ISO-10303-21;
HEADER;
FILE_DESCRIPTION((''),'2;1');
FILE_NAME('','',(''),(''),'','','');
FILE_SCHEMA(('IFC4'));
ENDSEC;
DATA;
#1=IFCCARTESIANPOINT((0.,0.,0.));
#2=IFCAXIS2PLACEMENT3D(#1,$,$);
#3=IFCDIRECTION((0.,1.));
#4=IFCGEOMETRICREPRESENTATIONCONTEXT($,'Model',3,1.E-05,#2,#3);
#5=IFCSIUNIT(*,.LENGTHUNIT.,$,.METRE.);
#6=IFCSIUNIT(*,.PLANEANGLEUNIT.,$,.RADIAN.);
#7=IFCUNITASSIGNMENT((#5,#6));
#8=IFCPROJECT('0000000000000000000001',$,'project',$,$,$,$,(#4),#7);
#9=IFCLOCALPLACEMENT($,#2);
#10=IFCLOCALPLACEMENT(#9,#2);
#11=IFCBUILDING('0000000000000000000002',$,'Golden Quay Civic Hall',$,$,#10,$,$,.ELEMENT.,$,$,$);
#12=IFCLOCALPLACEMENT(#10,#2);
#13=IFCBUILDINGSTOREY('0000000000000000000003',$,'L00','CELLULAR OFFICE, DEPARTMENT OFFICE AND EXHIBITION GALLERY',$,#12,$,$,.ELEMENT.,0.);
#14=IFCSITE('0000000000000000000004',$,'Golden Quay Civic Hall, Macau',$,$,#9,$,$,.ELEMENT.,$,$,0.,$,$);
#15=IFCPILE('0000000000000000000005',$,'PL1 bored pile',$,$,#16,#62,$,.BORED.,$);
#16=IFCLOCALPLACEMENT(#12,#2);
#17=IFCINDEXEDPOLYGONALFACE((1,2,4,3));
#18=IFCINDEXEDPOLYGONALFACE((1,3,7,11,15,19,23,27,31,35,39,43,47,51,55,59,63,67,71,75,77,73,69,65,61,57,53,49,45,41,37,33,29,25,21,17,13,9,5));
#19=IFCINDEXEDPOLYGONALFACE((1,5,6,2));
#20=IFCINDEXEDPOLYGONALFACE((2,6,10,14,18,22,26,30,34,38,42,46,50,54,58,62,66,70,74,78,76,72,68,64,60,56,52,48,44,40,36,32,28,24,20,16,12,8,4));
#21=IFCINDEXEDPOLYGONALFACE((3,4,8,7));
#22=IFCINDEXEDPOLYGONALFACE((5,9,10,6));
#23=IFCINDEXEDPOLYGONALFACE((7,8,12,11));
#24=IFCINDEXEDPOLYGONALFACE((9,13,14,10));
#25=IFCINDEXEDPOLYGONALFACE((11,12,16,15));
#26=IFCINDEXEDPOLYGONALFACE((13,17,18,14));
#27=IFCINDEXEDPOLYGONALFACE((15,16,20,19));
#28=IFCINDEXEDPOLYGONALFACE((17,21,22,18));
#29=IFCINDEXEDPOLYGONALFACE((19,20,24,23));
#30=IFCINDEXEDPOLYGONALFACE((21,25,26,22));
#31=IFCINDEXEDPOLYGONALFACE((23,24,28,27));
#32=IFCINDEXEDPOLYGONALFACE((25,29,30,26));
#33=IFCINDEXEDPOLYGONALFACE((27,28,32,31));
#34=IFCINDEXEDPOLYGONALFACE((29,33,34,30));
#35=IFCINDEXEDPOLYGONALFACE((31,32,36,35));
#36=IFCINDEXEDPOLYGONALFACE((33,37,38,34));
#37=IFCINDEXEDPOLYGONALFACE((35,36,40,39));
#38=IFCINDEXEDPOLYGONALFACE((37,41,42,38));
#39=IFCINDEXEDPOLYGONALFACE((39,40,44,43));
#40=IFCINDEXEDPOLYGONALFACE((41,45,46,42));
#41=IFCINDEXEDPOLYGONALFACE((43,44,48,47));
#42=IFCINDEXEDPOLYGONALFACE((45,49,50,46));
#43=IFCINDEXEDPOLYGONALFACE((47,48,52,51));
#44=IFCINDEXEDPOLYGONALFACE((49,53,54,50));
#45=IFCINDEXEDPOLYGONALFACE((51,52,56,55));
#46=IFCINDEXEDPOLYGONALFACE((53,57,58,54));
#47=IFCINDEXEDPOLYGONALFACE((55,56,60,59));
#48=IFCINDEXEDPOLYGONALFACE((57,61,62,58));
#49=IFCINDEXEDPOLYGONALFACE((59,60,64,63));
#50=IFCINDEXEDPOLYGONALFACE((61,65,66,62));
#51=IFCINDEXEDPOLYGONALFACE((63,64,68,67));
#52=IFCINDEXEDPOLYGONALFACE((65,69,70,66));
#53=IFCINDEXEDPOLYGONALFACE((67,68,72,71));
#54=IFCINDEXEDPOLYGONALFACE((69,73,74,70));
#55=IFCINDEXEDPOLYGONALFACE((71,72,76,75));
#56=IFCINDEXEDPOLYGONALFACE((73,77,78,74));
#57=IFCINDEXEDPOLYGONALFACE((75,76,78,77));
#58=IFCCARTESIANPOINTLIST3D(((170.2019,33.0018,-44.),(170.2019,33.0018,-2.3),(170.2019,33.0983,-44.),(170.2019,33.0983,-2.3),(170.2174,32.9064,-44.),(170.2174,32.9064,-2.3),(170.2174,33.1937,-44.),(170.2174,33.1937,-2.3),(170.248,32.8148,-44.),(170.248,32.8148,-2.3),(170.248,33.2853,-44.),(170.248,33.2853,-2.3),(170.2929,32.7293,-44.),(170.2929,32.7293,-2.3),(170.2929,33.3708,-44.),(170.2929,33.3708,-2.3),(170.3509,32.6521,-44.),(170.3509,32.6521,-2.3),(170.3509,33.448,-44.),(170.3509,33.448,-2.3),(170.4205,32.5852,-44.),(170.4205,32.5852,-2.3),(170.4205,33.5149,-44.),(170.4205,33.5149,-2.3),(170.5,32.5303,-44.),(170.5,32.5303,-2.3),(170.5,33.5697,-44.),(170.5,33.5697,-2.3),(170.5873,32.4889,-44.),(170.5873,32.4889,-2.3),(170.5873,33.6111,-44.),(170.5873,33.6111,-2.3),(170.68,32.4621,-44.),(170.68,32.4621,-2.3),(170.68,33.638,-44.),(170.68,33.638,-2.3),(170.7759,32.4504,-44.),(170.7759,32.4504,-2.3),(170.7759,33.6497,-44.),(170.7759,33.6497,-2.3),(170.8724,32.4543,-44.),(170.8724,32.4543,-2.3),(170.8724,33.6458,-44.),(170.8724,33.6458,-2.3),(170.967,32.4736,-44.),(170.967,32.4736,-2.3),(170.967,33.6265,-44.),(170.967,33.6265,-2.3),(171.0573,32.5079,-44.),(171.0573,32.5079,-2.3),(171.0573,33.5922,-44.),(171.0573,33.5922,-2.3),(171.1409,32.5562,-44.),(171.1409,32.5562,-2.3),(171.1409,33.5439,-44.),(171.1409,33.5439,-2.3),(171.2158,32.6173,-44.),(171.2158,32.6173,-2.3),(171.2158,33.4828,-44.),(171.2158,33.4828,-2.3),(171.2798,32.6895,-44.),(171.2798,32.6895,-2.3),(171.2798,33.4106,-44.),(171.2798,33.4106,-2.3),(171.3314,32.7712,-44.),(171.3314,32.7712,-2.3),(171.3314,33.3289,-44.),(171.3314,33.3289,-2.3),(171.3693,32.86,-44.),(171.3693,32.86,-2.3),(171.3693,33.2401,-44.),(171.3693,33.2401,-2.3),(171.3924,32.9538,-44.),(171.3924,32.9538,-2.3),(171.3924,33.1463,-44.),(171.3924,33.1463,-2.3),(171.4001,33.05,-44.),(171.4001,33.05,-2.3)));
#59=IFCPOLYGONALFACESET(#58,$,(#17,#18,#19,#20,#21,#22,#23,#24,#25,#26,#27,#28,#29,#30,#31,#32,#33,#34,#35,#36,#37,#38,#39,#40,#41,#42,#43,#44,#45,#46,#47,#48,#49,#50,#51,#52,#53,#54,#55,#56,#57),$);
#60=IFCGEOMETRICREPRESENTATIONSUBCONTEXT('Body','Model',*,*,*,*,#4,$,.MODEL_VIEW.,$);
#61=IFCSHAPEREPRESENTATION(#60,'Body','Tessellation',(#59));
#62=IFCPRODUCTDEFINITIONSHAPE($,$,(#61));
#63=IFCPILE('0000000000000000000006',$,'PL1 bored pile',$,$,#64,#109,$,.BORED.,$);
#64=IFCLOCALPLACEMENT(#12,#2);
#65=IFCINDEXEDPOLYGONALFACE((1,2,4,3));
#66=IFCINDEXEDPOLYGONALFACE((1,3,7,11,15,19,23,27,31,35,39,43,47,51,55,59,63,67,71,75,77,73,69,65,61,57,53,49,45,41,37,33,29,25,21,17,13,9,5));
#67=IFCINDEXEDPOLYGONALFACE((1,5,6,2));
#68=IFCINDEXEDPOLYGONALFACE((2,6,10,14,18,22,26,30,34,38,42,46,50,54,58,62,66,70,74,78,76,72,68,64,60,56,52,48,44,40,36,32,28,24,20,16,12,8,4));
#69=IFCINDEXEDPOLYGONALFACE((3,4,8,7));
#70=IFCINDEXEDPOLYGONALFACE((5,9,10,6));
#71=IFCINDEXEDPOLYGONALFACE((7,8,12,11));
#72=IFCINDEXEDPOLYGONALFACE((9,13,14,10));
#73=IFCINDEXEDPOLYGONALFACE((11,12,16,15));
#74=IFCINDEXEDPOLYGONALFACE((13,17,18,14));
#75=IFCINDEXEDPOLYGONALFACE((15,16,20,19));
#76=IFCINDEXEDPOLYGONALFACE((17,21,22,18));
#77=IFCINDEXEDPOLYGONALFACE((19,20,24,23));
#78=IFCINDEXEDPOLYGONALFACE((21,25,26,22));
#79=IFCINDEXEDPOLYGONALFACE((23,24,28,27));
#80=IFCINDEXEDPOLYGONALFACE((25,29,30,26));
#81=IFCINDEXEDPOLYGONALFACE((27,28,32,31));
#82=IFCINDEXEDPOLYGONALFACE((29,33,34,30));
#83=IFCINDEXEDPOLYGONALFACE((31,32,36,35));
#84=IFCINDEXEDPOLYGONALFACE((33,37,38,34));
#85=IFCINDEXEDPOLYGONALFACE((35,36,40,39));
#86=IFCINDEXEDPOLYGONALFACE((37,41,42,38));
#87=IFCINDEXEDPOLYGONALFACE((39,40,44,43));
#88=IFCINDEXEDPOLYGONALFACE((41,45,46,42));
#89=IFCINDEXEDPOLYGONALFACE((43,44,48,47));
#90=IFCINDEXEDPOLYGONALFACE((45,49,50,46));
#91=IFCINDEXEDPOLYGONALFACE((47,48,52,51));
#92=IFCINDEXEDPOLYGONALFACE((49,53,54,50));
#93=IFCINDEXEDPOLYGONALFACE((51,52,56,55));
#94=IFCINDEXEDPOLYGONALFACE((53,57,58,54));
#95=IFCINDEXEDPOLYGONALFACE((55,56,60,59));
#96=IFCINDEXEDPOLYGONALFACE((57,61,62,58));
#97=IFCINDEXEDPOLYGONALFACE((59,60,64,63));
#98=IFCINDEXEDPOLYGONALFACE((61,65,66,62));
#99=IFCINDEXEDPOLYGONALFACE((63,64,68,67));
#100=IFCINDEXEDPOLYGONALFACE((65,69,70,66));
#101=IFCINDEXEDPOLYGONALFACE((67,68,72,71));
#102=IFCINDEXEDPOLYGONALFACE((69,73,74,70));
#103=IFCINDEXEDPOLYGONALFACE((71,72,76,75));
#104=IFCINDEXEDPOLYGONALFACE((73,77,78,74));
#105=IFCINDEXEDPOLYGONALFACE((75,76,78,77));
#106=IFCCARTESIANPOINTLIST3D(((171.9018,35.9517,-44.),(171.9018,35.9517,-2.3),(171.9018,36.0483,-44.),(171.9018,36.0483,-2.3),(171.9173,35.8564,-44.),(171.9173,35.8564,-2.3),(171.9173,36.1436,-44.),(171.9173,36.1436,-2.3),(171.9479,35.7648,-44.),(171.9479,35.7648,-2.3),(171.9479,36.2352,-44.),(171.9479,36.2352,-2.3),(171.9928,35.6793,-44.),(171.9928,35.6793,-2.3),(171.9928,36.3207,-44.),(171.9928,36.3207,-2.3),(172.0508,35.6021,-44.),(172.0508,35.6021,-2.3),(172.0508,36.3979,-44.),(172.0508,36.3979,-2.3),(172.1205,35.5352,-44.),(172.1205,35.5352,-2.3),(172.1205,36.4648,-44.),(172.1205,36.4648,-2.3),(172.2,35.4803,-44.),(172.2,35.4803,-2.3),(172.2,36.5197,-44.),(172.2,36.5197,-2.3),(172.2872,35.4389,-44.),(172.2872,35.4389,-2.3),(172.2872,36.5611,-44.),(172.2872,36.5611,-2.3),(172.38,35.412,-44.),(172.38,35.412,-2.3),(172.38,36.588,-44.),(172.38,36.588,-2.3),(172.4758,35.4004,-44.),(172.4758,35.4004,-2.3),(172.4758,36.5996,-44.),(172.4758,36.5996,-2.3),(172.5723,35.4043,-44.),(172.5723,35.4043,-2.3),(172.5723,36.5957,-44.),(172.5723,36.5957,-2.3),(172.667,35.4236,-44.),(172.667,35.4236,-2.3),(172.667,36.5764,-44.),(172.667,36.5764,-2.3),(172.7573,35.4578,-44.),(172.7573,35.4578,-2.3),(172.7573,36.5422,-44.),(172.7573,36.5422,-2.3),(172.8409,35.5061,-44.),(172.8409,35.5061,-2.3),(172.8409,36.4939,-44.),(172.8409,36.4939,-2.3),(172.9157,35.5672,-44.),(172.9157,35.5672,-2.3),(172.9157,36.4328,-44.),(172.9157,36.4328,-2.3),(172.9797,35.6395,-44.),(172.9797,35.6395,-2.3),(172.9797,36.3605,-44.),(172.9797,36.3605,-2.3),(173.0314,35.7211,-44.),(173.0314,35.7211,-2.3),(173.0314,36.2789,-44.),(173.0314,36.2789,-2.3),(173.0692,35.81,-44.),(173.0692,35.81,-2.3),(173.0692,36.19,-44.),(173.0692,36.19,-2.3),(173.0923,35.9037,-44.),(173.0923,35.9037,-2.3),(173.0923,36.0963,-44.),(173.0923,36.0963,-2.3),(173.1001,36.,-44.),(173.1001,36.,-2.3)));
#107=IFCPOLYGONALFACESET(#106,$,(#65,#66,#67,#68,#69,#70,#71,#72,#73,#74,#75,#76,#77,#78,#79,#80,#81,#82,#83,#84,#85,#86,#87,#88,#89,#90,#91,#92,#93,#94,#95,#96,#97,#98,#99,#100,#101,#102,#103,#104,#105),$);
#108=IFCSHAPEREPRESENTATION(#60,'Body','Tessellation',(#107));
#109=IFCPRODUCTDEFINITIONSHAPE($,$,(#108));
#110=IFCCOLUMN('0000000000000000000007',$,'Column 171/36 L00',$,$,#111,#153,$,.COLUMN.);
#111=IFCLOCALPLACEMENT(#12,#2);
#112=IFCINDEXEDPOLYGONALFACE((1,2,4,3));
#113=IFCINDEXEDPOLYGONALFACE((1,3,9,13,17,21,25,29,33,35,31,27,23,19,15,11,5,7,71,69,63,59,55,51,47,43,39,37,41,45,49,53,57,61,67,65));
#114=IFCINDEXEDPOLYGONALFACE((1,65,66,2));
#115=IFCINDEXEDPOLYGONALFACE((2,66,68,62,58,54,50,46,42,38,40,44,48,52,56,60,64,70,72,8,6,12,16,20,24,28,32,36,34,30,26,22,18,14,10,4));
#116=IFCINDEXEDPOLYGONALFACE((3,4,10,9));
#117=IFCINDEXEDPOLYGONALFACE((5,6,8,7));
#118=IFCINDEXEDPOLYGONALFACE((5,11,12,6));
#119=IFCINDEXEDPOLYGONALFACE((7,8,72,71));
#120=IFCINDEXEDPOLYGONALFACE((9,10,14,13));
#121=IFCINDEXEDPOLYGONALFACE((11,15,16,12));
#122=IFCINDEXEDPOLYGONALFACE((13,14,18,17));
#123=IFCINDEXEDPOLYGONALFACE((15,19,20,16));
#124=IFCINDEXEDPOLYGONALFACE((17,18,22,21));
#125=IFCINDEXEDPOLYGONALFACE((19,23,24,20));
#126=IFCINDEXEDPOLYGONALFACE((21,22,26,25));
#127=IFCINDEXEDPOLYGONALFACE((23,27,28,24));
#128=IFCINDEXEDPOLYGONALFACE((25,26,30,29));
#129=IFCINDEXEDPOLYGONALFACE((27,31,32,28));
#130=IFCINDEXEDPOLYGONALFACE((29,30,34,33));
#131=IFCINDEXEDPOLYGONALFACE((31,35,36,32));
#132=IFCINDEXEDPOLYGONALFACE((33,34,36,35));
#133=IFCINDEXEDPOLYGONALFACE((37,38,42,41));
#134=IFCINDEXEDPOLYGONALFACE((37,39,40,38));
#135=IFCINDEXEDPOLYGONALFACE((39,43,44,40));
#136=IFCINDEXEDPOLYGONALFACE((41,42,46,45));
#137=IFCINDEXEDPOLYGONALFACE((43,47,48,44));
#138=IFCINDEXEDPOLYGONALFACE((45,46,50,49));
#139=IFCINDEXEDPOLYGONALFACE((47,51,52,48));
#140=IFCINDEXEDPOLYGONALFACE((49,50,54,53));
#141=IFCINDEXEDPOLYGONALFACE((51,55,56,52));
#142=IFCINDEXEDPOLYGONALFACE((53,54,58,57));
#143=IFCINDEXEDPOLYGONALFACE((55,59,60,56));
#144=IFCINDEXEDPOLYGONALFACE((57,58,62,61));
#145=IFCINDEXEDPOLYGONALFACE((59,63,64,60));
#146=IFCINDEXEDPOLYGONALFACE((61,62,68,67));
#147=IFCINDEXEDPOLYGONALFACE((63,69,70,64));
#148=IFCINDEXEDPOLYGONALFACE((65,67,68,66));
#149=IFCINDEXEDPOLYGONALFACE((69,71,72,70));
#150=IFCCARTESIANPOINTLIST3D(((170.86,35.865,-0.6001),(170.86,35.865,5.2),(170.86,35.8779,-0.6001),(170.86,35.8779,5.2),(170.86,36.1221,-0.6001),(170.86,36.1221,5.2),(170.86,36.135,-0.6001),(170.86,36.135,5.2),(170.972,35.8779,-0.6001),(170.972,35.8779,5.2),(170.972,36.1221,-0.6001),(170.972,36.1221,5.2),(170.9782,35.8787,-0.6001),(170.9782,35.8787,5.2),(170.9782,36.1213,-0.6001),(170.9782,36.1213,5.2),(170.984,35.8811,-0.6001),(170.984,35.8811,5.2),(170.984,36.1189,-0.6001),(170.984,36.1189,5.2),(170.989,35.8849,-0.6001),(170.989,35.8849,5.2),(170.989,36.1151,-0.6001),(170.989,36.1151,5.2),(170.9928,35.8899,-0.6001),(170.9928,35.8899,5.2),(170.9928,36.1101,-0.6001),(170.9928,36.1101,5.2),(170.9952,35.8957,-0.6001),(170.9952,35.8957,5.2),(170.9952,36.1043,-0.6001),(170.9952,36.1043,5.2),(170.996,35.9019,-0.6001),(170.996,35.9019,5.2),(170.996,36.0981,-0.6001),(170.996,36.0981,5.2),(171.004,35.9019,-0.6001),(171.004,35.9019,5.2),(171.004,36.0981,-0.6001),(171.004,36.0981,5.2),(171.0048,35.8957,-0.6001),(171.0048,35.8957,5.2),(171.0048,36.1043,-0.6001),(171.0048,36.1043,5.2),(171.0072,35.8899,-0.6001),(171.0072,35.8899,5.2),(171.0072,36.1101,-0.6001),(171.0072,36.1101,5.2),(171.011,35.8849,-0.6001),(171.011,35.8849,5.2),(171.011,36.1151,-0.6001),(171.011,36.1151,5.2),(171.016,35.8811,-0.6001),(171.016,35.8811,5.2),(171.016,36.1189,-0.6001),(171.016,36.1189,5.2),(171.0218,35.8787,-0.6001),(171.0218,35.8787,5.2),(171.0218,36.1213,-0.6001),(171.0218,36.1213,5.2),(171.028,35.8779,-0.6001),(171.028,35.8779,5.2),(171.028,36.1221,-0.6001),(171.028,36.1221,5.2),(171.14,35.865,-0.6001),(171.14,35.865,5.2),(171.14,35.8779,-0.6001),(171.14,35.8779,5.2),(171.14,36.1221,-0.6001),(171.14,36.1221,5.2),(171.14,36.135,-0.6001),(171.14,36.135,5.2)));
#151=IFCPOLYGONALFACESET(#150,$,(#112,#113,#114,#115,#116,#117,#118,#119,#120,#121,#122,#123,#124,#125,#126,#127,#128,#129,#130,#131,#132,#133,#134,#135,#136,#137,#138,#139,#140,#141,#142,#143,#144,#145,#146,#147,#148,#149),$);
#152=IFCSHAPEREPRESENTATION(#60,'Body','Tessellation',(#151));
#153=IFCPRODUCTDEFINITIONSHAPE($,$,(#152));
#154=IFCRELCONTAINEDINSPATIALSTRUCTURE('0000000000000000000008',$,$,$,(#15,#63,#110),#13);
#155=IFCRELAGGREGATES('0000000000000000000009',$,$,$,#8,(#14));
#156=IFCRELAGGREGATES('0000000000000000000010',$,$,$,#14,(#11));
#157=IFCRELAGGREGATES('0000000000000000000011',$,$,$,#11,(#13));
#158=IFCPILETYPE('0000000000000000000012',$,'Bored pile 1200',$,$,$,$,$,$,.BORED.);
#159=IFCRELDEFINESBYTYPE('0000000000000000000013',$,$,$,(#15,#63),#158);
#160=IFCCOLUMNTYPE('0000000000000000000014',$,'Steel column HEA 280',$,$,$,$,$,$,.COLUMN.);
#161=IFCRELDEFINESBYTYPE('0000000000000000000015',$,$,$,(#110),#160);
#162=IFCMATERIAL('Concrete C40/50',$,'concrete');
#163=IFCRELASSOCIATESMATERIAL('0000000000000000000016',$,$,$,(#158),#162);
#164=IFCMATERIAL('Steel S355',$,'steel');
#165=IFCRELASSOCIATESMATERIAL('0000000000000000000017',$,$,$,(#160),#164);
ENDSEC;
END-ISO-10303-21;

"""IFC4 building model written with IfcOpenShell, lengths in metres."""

from ifc_helpers import new_model, si_unit, direction, frame, origin, origin_2d, place, context, subcontext, project, spatial, circle, i_section, extrude, material, material_profile, profile_set, type_object, element, save


model = new_model("IFC4")

# Units and contexts
model_context = context("Model", 3, precision=1e-05, world=origin(), true_north=direction((0.0, 1.0)))
body_context = subcontext(model_context, "Body", "Model", "MODEL_VIEW")
ifc_project = project(units=[si_unit("LENGTHUNIT", "METRE"), si_unit("PLANEANGLEUNIT", "RADIAN")], contexts=[model_context])

# Site, building, storey
site_placement = place(None, origin())
site = spatial("IfcSite", under=ifc_project, at=site_placement, Name="Golden Quay Civic Hall, Macau", CompositionType="ELEMENT", RefElevation=0.0)
building_placement = place(site_placement, origin())
building = spatial("IfcBuilding", under=site, at=building_placement, Name="Golden Quay Civic Hall", CompositionType="ELEMENT")
storey_placement = place(building_placement, origin())
storey = spatial("IfcBuildingStorey", under=building, at=storey_placement, Name="L00", Description="CELLULAR OFFICE, DEPARTMENT OFFICE AND EXHIBITION GALLERY", CompositionType="ELEMENT", Elevation=0.0)

# Piles
ifc_material_1 = material(Name="Concrete C40/50", Category="concrete")
ifc_material_profile_1 = material_profile(ifc_material_1, circle(Radius=0.6001, at=origin_2d()), Name="RC D1200")
ifc_profile_set_1 = profile_set([ifc_material_profile_1], Name="Concrete C40/50")
pile_type = type_object("IfcPileType", Name="Bored pile 1200", PredefinedType="BORED", material=ifc_profile_set_1)
for number, where, z_axis, x_axis, name in (
    (1, (170.8, 33.05, -2.3), (0.0, 0.0, -1.0), (1.0, 0.0, 0.0), "PL1 bored pile"),
    (2, (172.5, 36.0, -2.3), (0.0, 0.0, -1.0), (1.0, 0.0, 0.0), "PL1 bored pile"),
):
    element("IfcPile", number, at=place(storey_placement, frame(where, z_axis=z_axis, x_axis=x_axis)), inside=storey, type_object=pile_type, Name=name, PredefinedType="BORED", context=body_context, shape_type="SweptSolid", body=[
        extrude(circle(Radius=0.6001, at=origin_2d()), origin(), (0.0, 0.0, 1.0), 41.7),
    ])

# Column
ifc_material_2 = material(Name="Steel S355", Category="steel")
ifc_material_profile_2 = material_profile(ifc_material_2, i_section(OverallWidth=0.28, OverallDepth=0.27, WebThickness=0.0081, FlangeThickness=0.0129, FilletRadius=0.0239, at=origin_2d()), Name="HEA 280")
ifc_profile_set_2 = profile_set([ifc_material_profile_2], Name="Steel S355")
column_type = type_object("IfcColumnType", Name="Steel column HEA 280", PredefinedType="COLUMN", material=ifc_profile_set_2)
column_placement = place(storey_placement, frame((171.0, 36.0, -0.6001), z_axis=(0.0, 0.0, 1.0), x_axis=(1.0, 0.0, 0.0)))
element("IfcColumn", 3, at=column_placement, inside=storey, type_object=column_type, Name="Column 171/36 L00", PredefinedType="COLUMN", context=body_context, shape_type="SweptSolid", body=[
    extrude(i_section(OverallWidth=0.28, OverallDepth=0.27, WebThickness=0.0081, FlangeThickness=0.0129, FilletRadius=0.0239, at=origin_2d()), origin(), (0.0, 0.0, 1.0), 5.8),
])

save(model, "model.ifc")
